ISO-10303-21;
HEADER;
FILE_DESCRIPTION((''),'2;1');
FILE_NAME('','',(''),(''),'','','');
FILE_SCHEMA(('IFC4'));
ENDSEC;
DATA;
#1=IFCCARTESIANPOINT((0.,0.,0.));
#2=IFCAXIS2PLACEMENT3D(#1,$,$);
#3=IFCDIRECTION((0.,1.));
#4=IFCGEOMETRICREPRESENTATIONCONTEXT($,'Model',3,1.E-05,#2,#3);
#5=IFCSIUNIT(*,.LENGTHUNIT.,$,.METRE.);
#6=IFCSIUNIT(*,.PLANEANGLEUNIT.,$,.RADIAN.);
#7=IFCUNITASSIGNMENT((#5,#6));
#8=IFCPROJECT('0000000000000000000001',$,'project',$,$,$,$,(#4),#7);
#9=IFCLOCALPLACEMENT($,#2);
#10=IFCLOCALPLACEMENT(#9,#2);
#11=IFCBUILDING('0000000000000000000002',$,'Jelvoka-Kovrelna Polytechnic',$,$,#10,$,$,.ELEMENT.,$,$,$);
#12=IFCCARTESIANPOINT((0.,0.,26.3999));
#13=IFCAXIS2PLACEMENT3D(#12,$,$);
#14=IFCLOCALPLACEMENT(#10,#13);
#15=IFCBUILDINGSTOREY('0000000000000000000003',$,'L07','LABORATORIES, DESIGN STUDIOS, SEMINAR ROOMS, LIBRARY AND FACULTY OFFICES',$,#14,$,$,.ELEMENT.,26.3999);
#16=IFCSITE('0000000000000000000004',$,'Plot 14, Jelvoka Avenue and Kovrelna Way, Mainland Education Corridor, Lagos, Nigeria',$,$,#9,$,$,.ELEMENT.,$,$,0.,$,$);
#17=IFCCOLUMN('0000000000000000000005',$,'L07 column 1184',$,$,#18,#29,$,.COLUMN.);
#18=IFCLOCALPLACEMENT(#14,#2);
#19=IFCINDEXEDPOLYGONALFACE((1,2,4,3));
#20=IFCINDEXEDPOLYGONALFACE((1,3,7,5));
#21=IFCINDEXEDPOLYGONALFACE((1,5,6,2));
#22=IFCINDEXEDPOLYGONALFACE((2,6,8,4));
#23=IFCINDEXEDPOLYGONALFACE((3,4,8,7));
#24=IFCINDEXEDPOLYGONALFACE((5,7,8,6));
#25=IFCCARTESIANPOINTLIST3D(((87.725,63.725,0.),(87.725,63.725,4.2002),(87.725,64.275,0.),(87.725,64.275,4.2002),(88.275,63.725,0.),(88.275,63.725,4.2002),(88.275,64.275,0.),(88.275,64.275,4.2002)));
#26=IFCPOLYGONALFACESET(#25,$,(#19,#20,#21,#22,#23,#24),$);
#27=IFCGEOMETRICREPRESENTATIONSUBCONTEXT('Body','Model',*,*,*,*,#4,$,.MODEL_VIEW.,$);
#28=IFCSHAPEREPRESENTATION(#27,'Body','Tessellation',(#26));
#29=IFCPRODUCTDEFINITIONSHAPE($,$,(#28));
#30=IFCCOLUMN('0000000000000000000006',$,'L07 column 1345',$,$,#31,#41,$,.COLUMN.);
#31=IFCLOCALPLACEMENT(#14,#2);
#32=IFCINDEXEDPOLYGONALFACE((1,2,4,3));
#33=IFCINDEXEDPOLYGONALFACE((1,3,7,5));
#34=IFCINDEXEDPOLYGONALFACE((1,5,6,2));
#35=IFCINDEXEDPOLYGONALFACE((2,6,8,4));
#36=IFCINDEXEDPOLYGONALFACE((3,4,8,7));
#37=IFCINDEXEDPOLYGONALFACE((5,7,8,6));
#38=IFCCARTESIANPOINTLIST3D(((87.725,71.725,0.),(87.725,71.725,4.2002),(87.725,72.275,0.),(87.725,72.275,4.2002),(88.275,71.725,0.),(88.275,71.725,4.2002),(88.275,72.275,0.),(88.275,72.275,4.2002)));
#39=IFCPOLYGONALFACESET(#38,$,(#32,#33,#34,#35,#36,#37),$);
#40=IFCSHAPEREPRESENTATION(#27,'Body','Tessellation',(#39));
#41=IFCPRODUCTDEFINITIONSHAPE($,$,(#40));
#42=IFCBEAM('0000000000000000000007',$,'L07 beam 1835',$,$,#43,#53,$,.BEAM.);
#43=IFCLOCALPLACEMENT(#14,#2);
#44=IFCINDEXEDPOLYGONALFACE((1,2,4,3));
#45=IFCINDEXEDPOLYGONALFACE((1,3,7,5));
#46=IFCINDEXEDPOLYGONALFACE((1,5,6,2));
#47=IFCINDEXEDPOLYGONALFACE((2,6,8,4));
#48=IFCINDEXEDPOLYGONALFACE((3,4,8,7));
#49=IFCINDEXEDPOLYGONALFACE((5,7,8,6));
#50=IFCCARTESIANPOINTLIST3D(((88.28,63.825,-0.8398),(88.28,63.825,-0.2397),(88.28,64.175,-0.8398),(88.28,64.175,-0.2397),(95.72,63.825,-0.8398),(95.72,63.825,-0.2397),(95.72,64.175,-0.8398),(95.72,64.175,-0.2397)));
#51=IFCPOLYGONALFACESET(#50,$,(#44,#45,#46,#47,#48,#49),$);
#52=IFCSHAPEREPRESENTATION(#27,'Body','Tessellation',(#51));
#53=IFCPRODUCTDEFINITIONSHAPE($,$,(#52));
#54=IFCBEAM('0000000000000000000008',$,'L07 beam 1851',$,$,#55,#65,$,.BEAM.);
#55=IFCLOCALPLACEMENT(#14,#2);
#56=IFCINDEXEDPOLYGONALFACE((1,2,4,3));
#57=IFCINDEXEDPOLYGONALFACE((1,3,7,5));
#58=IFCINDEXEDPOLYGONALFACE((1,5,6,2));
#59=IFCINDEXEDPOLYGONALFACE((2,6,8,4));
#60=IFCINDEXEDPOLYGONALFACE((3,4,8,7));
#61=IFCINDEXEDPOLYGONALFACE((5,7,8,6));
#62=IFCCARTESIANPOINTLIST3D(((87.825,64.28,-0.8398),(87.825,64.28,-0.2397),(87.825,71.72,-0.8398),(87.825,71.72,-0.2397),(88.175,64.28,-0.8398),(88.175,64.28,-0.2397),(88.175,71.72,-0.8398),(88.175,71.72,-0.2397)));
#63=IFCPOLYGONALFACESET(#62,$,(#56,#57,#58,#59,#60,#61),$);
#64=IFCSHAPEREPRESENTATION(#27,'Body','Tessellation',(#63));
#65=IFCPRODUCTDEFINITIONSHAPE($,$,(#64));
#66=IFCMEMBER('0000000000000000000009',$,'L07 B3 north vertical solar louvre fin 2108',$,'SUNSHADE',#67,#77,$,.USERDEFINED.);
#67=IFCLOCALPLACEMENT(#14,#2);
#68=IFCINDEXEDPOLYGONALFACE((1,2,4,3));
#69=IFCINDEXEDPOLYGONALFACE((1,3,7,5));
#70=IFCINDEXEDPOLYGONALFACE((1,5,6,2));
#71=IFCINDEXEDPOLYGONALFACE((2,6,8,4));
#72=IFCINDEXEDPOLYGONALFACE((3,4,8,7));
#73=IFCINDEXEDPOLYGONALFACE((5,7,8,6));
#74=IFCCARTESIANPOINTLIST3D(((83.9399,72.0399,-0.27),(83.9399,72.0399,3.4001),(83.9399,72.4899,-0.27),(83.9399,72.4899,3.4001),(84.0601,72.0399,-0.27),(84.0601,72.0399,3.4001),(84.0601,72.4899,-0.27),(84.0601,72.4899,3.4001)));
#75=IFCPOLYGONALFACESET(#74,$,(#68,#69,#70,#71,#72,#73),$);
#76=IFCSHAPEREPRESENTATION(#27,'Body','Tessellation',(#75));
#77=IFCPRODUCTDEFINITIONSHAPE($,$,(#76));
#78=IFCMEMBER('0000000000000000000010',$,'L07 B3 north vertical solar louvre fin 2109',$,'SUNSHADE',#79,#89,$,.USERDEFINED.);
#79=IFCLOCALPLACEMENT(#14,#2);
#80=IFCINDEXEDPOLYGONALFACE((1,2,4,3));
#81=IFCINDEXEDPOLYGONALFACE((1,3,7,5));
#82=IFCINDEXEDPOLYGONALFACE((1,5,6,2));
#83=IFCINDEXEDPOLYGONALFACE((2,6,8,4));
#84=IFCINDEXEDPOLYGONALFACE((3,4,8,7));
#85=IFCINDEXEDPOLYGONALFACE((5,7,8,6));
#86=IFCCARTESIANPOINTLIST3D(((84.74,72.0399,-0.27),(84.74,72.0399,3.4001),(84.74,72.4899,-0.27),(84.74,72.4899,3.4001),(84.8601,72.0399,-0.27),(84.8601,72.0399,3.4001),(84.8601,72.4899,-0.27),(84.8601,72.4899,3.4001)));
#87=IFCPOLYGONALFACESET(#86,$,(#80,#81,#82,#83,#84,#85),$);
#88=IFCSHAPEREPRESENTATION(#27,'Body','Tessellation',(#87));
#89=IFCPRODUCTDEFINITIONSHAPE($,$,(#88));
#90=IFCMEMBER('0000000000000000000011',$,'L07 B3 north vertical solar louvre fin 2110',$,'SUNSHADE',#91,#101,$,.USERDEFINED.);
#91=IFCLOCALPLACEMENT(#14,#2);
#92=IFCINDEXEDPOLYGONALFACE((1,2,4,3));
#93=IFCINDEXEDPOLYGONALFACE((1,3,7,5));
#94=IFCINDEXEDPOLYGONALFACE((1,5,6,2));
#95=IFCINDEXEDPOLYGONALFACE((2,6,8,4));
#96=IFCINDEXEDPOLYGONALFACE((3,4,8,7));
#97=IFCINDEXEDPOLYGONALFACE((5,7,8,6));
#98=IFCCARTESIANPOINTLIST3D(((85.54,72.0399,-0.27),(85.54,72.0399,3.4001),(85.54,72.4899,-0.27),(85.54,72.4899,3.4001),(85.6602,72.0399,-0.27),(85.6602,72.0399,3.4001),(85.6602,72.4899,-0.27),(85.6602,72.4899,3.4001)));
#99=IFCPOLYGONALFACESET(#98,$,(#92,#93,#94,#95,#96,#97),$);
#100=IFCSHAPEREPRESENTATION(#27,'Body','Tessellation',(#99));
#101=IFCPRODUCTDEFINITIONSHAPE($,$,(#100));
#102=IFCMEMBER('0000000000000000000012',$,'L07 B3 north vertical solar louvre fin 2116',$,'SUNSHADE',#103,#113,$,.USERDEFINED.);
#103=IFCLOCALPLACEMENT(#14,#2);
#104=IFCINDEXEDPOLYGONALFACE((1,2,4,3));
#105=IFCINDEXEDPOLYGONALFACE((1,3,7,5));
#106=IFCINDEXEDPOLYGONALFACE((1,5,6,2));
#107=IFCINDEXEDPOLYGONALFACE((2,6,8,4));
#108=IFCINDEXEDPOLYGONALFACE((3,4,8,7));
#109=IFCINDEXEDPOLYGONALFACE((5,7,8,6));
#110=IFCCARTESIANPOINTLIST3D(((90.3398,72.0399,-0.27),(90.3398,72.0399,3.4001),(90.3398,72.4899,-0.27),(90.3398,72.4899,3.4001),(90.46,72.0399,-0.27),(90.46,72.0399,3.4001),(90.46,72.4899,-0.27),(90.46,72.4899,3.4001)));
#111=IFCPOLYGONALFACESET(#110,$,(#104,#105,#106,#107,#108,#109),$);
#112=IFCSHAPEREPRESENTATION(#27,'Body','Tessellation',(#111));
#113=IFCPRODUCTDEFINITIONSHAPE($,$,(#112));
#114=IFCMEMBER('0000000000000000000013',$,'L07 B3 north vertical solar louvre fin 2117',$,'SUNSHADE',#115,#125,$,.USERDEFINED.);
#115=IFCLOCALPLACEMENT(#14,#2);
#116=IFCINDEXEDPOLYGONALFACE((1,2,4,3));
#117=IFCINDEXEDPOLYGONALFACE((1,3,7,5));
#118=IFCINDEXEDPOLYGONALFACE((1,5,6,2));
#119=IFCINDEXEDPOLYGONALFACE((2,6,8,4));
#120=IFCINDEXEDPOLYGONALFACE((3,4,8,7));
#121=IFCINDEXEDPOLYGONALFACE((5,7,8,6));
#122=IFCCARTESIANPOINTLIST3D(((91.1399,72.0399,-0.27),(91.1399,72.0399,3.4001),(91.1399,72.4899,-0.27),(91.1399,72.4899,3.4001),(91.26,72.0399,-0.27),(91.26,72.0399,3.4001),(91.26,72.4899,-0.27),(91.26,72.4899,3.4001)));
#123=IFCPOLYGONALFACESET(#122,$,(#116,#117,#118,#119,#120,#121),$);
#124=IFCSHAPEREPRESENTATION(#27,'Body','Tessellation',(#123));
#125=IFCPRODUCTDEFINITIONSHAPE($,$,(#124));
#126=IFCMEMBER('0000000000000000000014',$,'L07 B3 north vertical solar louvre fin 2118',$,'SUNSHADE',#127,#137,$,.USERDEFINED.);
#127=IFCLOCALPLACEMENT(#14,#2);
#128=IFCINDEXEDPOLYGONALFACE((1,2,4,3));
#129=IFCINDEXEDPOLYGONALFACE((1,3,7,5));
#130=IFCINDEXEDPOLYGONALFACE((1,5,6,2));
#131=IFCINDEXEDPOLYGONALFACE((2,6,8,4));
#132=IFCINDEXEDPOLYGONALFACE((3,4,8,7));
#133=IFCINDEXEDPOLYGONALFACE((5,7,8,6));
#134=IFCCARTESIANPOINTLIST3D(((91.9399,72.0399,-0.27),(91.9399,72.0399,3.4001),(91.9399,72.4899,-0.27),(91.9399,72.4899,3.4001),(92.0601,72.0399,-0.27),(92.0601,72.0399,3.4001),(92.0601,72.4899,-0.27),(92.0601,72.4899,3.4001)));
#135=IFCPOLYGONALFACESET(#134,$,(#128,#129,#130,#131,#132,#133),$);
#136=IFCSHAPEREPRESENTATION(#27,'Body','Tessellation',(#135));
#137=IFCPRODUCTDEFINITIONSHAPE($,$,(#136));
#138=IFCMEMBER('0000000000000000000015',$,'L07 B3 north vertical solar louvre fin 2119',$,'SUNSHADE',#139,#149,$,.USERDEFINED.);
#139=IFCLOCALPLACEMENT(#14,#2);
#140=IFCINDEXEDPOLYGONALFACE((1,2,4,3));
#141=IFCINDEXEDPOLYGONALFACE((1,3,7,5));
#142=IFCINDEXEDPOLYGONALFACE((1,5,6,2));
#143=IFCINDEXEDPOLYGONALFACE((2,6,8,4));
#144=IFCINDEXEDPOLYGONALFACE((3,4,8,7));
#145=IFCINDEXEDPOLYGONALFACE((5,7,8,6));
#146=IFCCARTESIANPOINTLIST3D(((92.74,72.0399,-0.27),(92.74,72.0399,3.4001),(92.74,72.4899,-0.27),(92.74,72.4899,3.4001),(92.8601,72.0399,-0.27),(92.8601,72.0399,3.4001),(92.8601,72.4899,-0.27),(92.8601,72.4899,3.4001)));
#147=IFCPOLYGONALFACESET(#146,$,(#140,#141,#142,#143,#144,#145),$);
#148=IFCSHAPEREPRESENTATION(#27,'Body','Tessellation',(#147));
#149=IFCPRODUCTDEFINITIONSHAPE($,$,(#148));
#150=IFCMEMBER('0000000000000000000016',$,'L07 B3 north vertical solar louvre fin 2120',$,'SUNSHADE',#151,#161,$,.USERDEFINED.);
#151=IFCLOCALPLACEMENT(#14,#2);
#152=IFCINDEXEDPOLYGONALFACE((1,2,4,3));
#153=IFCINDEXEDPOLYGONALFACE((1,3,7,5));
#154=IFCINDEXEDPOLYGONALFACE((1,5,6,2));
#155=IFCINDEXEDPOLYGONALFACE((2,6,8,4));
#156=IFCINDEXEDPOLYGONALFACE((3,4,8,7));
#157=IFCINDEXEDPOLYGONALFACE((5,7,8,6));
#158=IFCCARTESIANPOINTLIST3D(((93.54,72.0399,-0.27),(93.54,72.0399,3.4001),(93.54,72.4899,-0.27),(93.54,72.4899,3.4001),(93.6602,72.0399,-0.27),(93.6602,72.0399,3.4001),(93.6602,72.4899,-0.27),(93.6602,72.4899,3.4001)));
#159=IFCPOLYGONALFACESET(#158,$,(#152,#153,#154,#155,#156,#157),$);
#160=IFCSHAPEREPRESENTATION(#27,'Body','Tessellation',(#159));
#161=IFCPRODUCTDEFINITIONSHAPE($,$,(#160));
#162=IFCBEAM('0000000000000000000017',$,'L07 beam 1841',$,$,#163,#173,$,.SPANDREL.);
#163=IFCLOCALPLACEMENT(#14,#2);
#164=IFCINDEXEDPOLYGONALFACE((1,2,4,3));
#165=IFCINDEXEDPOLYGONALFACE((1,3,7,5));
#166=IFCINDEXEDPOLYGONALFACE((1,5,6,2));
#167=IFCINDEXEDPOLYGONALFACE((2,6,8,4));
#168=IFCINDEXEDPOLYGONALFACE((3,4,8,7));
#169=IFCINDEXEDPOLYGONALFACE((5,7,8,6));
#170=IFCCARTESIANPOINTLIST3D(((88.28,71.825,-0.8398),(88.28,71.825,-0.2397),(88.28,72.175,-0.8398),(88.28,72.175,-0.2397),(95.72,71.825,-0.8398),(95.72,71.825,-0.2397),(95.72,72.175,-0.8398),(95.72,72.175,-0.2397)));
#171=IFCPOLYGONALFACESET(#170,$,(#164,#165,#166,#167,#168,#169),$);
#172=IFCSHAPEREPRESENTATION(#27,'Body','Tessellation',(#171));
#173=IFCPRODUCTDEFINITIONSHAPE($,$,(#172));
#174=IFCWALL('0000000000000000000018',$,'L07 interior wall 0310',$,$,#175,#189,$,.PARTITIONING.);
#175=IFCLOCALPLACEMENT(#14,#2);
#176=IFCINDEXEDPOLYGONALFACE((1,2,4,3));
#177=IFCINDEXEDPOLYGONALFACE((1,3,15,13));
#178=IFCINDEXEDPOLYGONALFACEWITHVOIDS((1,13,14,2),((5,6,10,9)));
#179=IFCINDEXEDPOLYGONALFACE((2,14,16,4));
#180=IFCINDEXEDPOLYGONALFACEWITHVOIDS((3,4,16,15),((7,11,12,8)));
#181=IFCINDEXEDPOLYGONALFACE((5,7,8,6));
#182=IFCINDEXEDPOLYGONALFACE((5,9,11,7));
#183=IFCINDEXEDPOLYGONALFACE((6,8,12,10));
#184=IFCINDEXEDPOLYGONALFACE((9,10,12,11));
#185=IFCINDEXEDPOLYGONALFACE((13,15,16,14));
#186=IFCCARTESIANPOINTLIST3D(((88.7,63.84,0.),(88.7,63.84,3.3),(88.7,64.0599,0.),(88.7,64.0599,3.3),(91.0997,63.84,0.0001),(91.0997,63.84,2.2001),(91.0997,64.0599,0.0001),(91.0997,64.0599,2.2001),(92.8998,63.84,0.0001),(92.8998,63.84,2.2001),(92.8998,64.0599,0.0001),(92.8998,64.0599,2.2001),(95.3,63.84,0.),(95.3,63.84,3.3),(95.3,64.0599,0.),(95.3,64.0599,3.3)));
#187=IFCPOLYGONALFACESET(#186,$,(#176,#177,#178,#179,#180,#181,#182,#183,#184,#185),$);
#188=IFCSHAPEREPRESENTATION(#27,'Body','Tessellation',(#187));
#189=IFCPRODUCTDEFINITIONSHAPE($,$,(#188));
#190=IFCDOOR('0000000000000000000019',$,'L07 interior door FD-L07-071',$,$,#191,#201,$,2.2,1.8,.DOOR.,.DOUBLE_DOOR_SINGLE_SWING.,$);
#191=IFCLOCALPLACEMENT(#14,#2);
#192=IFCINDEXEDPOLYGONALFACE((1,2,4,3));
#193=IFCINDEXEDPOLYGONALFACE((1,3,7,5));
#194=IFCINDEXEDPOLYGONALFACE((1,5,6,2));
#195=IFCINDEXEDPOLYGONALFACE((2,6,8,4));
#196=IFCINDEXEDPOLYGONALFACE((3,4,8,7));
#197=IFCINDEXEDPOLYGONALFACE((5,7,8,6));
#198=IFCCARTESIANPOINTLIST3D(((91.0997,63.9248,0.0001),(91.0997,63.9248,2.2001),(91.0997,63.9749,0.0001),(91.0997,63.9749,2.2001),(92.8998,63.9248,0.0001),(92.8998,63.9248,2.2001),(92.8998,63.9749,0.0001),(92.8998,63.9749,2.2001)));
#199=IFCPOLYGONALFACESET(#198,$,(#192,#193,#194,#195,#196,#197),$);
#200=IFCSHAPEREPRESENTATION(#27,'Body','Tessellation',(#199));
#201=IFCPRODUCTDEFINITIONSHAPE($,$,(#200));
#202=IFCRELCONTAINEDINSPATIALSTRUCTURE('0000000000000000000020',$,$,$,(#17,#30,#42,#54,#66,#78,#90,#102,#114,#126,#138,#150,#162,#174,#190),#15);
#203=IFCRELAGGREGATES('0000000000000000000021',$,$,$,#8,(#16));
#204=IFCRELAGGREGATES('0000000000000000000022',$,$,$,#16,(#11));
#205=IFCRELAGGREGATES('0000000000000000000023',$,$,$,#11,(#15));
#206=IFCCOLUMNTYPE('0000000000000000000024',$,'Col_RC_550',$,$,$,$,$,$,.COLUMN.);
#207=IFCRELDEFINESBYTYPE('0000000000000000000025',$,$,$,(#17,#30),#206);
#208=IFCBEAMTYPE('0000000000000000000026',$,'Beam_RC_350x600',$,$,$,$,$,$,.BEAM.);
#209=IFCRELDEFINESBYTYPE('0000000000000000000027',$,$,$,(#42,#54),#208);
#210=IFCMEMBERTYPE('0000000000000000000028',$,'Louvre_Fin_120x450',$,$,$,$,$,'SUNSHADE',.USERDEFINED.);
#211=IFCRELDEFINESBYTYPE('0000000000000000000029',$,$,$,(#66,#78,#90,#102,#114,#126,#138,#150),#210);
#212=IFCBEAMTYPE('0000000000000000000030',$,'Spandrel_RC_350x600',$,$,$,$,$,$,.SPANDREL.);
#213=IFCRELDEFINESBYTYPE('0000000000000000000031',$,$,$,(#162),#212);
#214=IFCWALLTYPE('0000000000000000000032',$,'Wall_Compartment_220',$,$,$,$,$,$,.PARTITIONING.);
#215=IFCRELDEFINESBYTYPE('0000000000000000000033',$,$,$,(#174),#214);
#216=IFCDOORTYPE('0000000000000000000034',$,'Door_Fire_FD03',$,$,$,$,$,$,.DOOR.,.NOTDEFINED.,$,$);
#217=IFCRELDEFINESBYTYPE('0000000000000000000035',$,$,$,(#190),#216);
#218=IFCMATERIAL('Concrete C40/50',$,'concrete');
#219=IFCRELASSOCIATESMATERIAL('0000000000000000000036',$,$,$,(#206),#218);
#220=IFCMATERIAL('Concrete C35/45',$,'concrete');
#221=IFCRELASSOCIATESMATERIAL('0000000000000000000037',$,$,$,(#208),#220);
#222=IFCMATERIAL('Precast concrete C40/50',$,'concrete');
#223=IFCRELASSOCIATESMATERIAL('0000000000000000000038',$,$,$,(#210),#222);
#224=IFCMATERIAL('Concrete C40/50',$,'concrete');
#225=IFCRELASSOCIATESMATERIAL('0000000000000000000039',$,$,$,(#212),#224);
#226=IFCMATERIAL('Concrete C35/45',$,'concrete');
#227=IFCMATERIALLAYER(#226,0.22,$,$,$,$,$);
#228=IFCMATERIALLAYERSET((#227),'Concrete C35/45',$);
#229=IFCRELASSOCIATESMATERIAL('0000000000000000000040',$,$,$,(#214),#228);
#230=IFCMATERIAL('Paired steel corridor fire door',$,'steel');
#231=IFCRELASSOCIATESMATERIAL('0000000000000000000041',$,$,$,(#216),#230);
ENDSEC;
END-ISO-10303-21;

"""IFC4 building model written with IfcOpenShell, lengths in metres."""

from ifc_helpers import new_model, si_unit, direction, frame, frame_2d, origin, origin_2d, place, context, subcontext, project, spatial, rectangle, extrude, material, layer, layer_set, material_profile, profile_set, type_object, element, fill, save


model = new_model("IFC4")

# Units and contexts
model_context = context("Model", 3, precision=1e-05, world=origin(), true_north=direction((0.0, 1.0)))
body_context = subcontext(model_context, "Body", "Model", "MODEL_VIEW")
ifc_project = project(units=[si_unit("LENGTHUNIT", "METRE"), si_unit("PLANEANGLEUNIT", "RADIAN")], contexts=[model_context])

# Site, building, storey
site_placement = place(None, origin())
site = spatial("IfcSite", under=ifc_project, at=site_placement, Name="Plot 14, Jelvoka Avenue and Kovrelna Way, Mainland Education Corridor, Lagos, Nigeria", CompositionType="ELEMENT", RefElevation=0.0)
building_placement = place(site_placement, origin())
building = spatial("IfcBuilding", under=site, at=building_placement, Name="Jelvoka-Kovrelna Polytechnic", CompositionType="ELEMENT")
storey_placement = place(building_placement, frame((0.0, 0.0, 26.3999)))
storey = spatial("IfcBuildingStorey", under=building, at=storey_placement, Name="L07", Description="LABORATORIES, DESIGN STUDIOS, SEMINAR ROOMS, LIBRARY AND FACULTY OFFICES", CompositionType="ELEMENT", Elevation=26.3999)

# Columns
ifc_material_1 = material(Name="Concrete C40/50", Category="concrete")
ifc_material_profile_1 = material_profile(ifc_material_1, rectangle(XDim=0.55, YDim=0.55, at=origin_2d()), Name="RC 550x550")
ifc_profile_set_1 = profile_set([ifc_material_profile_1], Name="Concrete C40/50")
column_type = type_object("IfcColumnType", Name="Col_RC_550", PredefinedType="COLUMN", material=ifc_profile_set_1)
for number, where, z_axis, x_axis, name in (
    (1, (88.0, 64.0, 0.0), (0.0, 0.0, 1.0), (1.0, 0.0, 0.0), "L07 column 1184"),
    (2, (88.0, 72.0, 0.0), (0.0, 0.0, 1.0), (1.0, 0.0, 0.0), "L07 column 1345"),
):
    element("IfcColumn", number, at=place(storey_placement, frame(where, z_axis=z_axis, x_axis=x_axis)), inside=storey, type_object=column_type, Name=name, PredefinedType="COLUMN", context=body_context, shape_type="SweptSolid", body=[
        extrude(rectangle(XDim=0.55, YDim=0.55, at=origin_2d()), origin(), (0.0, 0.0, 1.0), 4.2002),
    ])

# Beams
ifc_material_2 = material(Name="Concrete C35/45", Category="concrete")
ifc_material_profile_2 = material_profile(ifc_material_2, rectangle(XDim=0.3501, YDim=0.6001, at=origin_2d()), Name="RC 350x600")
ifc_profile_set_2 = profile_set([ifc_material_profile_2], Name="Concrete C35/45")
beam_type_1 = type_object("IfcBeamType", Name="Beam_RC_350x600", PredefinedType="BEAM", material=ifc_profile_set_2)
for number, where, z_axis, x_axis, name in (
    (3, (88.28, 64.0, -0.5398), (1.0, 0.0, 0.0), (0.0, 1.0, 0.0), "L07 beam 1835"),
    (4, (88.0, 64.28, -0.5398), (0.0, 1.0, 0.0), (-1.0, 0.0, 0.0), "L07 beam 1851"),
):
    element("IfcBeam", number, at=place(storey_placement, frame(where, z_axis=z_axis, x_axis=x_axis)), inside=storey, type_object=beam_type_1, Name=name, PredefinedType="BEAM", context=body_context, shape_type="SweptSolid", body=[
        extrude(rectangle(XDim=0.3501, YDim=0.6001, at=origin_2d()), origin(), (0.0, 0.0, 1.0), 7.4399),
    ])

# Members
ifc_material_3 = material(Name="Precast concrete C40/50", Category="concrete")
ifc_material_profile_3 = material_profile(ifc_material_3, rectangle(XDim=0.1201, YDim=0.45, at=origin_2d()), Name="PC 120x450")
ifc_profile_set_3 = profile_set([ifc_material_profile_3], Name="Precast concrete C40/50")
member_type = type_object("IfcMemberType", Name="Louvre_Fin_120x450", ElementType="SUNSHADE", PredefinedType="USERDEFINED", material=ifc_profile_set_3)
for number, where, z_axis, x_axis, name in (
    (5, (84.0, 72.2649, -0.27), (0.0, 0.0, 1.0), (1.0, 0.0, 0.0), "L07 B3 north vertical solar louvre fin 2108"),
    (6, (84.8, 72.2649, -0.27), (0.0, 0.0, 1.0), (1.0, 0.0, 0.0), "L07 B3 north vertical solar louvre fin 2109"),
    (7, (85.6001, 72.2649, -0.27), (0.0, 0.0, 1.0), (1.0, 0.0, 0.0), "L07 B3 north vertical solar louvre fin 2110"),
    (8, (90.3999, 72.2649, -0.27), (0.0, 0.0, 1.0), (1.0, 0.0, 0.0), "L07 B3 north vertical solar louvre fin 2116"),
    (9, (91.2, 72.2649, -0.27), (0.0, 0.0, 1.0), (1.0, 0.0, 0.0), "L07 B3 north vertical solar louvre fin 2117"),
    (10, (92.0, 72.2649, -0.27), (0.0, 0.0, 1.0), (1.0, 0.0, 0.0), "L07 B3 north vertical solar louvre fin 2118"),
    (11, (92.8, 72.2649, -0.27), (0.0, 0.0, 1.0), (1.0, 0.0, 0.0), "L07 B3 north vertical solar louvre fin 2119"),
    (12, (93.6001, 72.2649, -0.27), (0.0, 0.0, 1.0), (1.0, 0.0, 0.0), "L07 B3 north vertical solar louvre fin 2120"),
):
    element("IfcMember", number, at=place(storey_placement, frame(where, z_axis=z_axis, x_axis=x_axis)), inside=storey, type_object=member_type, Name=name, ObjectType="SUNSHADE", PredefinedType="USERDEFINED", context=body_context, shape_type="SweptSolid", body=[
        extrude(rectangle(XDim=0.1201, YDim=0.45, at=origin_2d()), origin(), (0.0, 0.0, 1.0), 3.6702),
    ])

# Beam
ifc_material_4 = material(Name="Concrete C40/50", Category="concrete")
ifc_material_profile_4 = material_profile(ifc_material_4, rectangle(XDim=0.3501, YDim=0.6001, at=origin_2d()), Name="RC 350x600")
ifc_profile_set_4 = profile_set([ifc_material_profile_4], Name="Concrete C40/50")
beam_type_2 = type_object("IfcBeamType", Name="Spandrel_RC_350x600", PredefinedType="SPANDREL", material=ifc_profile_set_4)
beam_placement = place(storey_placement, frame((88.28, 72.0, -0.5398), z_axis=(1.0, 0.0, 0.0), x_axis=(0.0, 1.0, 0.0)))
element("IfcBeam", 13, at=beam_placement, inside=storey, type_object=beam_type_2, Name="L07 beam 1841", PredefinedType="SPANDREL", context=body_context, shape_type="SweptSolid", body=[
    extrude(rectangle(XDim=0.3501, YDim=0.6001, at=origin_2d()), origin(), (0.0, 0.0, 1.0), 7.4399),
])

# Wall, opening, door
ifc_material_5 = material(Name="Concrete C35/45", Category="concrete")
ifc_layer_1 = layer(ifc_material_5, 0.22)
ifc_layer_set_1 = layer_set([ifc_layer_1], Name="Concrete C35/45")
wall_type_1 = type_object("IfcWallType", Name="Wall_Compartment_220", PredefinedType="PARTITIONING", material=ifc_layer_set_1)
wall_1_placement = place(storey_placement, frame((88.7, 63.95, 0.0), z_axis=(0.0, 0.0, 1.0), x_axis=(1.0, 0.0, 0.0)))
wall_1 = element("IfcWall", 14, at=wall_1_placement, inside=storey, type_object=wall_type_1, Name="L07 interior wall 0310", PredefinedType="PARTITIONING", context=body_context, shape_type="SweptSolid", body=[
    extrude(rectangle(XDim=6.6001, YDim=0.22, at=frame_2d((3.3, 0.0))), origin(), (0.0, 0.0, 1.0), 3.3),
])
opening_1_placement = place(wall_1_placement, frame((2.3999, 0.0, 0.0)))
opening_1 = element("IfcOpeningElement", 15, at=opening_1_placement, cuts=wall_1, PredefinedType="OPENING", context=body_context, shape_type="SweptSolid", body=[
    extrude(rectangle(XDim=1.8, YDim=2.2, at=frame_2d((0.8999, 1.1001))), frame((0.0, 0.1199, 0.0), z_axis=(0.0, -1.0, 0.0), x_axis=(1.0, 0.0, 0.0)), (0.0, 0.0, 1.0), 0.24),
])
ifc_material_6 = material(Name="Paired steel corridor fire door", Category="steel")
door_type = type_object("IfcDoorType", Name="Door_Fire_FD03", OperationType="NOTDEFINED", PredefinedType="DOOR", material=ifc_material_6)
door_placement = place(opening_1_placement, origin())
door = element("IfcDoor", 16, at=door_placement, inside=storey, type_object=door_type, Name="L07 interior door FD-L07-071", OperationType="DOUBLE_DOOR_SINGLE_SWING", OverallHeight=2.2, OverallWidth=1.8, PredefinedType="DOOR", context=body_context, shape_type="SweptSolid", body=[
    extrude(rectangle(XDim=1.8, YDim=2.2, at=frame_2d((0.8999, 1.1001))), frame((0.0, 0.0249, 0.0), z_axis=(0.0, -1.0, 0.0), x_axis=(1.0, 0.0, 0.0)), (0.0, 0.0, 1.0), 0.05),
])
fill(opening_1, door)

save(model, "model.ifc")
